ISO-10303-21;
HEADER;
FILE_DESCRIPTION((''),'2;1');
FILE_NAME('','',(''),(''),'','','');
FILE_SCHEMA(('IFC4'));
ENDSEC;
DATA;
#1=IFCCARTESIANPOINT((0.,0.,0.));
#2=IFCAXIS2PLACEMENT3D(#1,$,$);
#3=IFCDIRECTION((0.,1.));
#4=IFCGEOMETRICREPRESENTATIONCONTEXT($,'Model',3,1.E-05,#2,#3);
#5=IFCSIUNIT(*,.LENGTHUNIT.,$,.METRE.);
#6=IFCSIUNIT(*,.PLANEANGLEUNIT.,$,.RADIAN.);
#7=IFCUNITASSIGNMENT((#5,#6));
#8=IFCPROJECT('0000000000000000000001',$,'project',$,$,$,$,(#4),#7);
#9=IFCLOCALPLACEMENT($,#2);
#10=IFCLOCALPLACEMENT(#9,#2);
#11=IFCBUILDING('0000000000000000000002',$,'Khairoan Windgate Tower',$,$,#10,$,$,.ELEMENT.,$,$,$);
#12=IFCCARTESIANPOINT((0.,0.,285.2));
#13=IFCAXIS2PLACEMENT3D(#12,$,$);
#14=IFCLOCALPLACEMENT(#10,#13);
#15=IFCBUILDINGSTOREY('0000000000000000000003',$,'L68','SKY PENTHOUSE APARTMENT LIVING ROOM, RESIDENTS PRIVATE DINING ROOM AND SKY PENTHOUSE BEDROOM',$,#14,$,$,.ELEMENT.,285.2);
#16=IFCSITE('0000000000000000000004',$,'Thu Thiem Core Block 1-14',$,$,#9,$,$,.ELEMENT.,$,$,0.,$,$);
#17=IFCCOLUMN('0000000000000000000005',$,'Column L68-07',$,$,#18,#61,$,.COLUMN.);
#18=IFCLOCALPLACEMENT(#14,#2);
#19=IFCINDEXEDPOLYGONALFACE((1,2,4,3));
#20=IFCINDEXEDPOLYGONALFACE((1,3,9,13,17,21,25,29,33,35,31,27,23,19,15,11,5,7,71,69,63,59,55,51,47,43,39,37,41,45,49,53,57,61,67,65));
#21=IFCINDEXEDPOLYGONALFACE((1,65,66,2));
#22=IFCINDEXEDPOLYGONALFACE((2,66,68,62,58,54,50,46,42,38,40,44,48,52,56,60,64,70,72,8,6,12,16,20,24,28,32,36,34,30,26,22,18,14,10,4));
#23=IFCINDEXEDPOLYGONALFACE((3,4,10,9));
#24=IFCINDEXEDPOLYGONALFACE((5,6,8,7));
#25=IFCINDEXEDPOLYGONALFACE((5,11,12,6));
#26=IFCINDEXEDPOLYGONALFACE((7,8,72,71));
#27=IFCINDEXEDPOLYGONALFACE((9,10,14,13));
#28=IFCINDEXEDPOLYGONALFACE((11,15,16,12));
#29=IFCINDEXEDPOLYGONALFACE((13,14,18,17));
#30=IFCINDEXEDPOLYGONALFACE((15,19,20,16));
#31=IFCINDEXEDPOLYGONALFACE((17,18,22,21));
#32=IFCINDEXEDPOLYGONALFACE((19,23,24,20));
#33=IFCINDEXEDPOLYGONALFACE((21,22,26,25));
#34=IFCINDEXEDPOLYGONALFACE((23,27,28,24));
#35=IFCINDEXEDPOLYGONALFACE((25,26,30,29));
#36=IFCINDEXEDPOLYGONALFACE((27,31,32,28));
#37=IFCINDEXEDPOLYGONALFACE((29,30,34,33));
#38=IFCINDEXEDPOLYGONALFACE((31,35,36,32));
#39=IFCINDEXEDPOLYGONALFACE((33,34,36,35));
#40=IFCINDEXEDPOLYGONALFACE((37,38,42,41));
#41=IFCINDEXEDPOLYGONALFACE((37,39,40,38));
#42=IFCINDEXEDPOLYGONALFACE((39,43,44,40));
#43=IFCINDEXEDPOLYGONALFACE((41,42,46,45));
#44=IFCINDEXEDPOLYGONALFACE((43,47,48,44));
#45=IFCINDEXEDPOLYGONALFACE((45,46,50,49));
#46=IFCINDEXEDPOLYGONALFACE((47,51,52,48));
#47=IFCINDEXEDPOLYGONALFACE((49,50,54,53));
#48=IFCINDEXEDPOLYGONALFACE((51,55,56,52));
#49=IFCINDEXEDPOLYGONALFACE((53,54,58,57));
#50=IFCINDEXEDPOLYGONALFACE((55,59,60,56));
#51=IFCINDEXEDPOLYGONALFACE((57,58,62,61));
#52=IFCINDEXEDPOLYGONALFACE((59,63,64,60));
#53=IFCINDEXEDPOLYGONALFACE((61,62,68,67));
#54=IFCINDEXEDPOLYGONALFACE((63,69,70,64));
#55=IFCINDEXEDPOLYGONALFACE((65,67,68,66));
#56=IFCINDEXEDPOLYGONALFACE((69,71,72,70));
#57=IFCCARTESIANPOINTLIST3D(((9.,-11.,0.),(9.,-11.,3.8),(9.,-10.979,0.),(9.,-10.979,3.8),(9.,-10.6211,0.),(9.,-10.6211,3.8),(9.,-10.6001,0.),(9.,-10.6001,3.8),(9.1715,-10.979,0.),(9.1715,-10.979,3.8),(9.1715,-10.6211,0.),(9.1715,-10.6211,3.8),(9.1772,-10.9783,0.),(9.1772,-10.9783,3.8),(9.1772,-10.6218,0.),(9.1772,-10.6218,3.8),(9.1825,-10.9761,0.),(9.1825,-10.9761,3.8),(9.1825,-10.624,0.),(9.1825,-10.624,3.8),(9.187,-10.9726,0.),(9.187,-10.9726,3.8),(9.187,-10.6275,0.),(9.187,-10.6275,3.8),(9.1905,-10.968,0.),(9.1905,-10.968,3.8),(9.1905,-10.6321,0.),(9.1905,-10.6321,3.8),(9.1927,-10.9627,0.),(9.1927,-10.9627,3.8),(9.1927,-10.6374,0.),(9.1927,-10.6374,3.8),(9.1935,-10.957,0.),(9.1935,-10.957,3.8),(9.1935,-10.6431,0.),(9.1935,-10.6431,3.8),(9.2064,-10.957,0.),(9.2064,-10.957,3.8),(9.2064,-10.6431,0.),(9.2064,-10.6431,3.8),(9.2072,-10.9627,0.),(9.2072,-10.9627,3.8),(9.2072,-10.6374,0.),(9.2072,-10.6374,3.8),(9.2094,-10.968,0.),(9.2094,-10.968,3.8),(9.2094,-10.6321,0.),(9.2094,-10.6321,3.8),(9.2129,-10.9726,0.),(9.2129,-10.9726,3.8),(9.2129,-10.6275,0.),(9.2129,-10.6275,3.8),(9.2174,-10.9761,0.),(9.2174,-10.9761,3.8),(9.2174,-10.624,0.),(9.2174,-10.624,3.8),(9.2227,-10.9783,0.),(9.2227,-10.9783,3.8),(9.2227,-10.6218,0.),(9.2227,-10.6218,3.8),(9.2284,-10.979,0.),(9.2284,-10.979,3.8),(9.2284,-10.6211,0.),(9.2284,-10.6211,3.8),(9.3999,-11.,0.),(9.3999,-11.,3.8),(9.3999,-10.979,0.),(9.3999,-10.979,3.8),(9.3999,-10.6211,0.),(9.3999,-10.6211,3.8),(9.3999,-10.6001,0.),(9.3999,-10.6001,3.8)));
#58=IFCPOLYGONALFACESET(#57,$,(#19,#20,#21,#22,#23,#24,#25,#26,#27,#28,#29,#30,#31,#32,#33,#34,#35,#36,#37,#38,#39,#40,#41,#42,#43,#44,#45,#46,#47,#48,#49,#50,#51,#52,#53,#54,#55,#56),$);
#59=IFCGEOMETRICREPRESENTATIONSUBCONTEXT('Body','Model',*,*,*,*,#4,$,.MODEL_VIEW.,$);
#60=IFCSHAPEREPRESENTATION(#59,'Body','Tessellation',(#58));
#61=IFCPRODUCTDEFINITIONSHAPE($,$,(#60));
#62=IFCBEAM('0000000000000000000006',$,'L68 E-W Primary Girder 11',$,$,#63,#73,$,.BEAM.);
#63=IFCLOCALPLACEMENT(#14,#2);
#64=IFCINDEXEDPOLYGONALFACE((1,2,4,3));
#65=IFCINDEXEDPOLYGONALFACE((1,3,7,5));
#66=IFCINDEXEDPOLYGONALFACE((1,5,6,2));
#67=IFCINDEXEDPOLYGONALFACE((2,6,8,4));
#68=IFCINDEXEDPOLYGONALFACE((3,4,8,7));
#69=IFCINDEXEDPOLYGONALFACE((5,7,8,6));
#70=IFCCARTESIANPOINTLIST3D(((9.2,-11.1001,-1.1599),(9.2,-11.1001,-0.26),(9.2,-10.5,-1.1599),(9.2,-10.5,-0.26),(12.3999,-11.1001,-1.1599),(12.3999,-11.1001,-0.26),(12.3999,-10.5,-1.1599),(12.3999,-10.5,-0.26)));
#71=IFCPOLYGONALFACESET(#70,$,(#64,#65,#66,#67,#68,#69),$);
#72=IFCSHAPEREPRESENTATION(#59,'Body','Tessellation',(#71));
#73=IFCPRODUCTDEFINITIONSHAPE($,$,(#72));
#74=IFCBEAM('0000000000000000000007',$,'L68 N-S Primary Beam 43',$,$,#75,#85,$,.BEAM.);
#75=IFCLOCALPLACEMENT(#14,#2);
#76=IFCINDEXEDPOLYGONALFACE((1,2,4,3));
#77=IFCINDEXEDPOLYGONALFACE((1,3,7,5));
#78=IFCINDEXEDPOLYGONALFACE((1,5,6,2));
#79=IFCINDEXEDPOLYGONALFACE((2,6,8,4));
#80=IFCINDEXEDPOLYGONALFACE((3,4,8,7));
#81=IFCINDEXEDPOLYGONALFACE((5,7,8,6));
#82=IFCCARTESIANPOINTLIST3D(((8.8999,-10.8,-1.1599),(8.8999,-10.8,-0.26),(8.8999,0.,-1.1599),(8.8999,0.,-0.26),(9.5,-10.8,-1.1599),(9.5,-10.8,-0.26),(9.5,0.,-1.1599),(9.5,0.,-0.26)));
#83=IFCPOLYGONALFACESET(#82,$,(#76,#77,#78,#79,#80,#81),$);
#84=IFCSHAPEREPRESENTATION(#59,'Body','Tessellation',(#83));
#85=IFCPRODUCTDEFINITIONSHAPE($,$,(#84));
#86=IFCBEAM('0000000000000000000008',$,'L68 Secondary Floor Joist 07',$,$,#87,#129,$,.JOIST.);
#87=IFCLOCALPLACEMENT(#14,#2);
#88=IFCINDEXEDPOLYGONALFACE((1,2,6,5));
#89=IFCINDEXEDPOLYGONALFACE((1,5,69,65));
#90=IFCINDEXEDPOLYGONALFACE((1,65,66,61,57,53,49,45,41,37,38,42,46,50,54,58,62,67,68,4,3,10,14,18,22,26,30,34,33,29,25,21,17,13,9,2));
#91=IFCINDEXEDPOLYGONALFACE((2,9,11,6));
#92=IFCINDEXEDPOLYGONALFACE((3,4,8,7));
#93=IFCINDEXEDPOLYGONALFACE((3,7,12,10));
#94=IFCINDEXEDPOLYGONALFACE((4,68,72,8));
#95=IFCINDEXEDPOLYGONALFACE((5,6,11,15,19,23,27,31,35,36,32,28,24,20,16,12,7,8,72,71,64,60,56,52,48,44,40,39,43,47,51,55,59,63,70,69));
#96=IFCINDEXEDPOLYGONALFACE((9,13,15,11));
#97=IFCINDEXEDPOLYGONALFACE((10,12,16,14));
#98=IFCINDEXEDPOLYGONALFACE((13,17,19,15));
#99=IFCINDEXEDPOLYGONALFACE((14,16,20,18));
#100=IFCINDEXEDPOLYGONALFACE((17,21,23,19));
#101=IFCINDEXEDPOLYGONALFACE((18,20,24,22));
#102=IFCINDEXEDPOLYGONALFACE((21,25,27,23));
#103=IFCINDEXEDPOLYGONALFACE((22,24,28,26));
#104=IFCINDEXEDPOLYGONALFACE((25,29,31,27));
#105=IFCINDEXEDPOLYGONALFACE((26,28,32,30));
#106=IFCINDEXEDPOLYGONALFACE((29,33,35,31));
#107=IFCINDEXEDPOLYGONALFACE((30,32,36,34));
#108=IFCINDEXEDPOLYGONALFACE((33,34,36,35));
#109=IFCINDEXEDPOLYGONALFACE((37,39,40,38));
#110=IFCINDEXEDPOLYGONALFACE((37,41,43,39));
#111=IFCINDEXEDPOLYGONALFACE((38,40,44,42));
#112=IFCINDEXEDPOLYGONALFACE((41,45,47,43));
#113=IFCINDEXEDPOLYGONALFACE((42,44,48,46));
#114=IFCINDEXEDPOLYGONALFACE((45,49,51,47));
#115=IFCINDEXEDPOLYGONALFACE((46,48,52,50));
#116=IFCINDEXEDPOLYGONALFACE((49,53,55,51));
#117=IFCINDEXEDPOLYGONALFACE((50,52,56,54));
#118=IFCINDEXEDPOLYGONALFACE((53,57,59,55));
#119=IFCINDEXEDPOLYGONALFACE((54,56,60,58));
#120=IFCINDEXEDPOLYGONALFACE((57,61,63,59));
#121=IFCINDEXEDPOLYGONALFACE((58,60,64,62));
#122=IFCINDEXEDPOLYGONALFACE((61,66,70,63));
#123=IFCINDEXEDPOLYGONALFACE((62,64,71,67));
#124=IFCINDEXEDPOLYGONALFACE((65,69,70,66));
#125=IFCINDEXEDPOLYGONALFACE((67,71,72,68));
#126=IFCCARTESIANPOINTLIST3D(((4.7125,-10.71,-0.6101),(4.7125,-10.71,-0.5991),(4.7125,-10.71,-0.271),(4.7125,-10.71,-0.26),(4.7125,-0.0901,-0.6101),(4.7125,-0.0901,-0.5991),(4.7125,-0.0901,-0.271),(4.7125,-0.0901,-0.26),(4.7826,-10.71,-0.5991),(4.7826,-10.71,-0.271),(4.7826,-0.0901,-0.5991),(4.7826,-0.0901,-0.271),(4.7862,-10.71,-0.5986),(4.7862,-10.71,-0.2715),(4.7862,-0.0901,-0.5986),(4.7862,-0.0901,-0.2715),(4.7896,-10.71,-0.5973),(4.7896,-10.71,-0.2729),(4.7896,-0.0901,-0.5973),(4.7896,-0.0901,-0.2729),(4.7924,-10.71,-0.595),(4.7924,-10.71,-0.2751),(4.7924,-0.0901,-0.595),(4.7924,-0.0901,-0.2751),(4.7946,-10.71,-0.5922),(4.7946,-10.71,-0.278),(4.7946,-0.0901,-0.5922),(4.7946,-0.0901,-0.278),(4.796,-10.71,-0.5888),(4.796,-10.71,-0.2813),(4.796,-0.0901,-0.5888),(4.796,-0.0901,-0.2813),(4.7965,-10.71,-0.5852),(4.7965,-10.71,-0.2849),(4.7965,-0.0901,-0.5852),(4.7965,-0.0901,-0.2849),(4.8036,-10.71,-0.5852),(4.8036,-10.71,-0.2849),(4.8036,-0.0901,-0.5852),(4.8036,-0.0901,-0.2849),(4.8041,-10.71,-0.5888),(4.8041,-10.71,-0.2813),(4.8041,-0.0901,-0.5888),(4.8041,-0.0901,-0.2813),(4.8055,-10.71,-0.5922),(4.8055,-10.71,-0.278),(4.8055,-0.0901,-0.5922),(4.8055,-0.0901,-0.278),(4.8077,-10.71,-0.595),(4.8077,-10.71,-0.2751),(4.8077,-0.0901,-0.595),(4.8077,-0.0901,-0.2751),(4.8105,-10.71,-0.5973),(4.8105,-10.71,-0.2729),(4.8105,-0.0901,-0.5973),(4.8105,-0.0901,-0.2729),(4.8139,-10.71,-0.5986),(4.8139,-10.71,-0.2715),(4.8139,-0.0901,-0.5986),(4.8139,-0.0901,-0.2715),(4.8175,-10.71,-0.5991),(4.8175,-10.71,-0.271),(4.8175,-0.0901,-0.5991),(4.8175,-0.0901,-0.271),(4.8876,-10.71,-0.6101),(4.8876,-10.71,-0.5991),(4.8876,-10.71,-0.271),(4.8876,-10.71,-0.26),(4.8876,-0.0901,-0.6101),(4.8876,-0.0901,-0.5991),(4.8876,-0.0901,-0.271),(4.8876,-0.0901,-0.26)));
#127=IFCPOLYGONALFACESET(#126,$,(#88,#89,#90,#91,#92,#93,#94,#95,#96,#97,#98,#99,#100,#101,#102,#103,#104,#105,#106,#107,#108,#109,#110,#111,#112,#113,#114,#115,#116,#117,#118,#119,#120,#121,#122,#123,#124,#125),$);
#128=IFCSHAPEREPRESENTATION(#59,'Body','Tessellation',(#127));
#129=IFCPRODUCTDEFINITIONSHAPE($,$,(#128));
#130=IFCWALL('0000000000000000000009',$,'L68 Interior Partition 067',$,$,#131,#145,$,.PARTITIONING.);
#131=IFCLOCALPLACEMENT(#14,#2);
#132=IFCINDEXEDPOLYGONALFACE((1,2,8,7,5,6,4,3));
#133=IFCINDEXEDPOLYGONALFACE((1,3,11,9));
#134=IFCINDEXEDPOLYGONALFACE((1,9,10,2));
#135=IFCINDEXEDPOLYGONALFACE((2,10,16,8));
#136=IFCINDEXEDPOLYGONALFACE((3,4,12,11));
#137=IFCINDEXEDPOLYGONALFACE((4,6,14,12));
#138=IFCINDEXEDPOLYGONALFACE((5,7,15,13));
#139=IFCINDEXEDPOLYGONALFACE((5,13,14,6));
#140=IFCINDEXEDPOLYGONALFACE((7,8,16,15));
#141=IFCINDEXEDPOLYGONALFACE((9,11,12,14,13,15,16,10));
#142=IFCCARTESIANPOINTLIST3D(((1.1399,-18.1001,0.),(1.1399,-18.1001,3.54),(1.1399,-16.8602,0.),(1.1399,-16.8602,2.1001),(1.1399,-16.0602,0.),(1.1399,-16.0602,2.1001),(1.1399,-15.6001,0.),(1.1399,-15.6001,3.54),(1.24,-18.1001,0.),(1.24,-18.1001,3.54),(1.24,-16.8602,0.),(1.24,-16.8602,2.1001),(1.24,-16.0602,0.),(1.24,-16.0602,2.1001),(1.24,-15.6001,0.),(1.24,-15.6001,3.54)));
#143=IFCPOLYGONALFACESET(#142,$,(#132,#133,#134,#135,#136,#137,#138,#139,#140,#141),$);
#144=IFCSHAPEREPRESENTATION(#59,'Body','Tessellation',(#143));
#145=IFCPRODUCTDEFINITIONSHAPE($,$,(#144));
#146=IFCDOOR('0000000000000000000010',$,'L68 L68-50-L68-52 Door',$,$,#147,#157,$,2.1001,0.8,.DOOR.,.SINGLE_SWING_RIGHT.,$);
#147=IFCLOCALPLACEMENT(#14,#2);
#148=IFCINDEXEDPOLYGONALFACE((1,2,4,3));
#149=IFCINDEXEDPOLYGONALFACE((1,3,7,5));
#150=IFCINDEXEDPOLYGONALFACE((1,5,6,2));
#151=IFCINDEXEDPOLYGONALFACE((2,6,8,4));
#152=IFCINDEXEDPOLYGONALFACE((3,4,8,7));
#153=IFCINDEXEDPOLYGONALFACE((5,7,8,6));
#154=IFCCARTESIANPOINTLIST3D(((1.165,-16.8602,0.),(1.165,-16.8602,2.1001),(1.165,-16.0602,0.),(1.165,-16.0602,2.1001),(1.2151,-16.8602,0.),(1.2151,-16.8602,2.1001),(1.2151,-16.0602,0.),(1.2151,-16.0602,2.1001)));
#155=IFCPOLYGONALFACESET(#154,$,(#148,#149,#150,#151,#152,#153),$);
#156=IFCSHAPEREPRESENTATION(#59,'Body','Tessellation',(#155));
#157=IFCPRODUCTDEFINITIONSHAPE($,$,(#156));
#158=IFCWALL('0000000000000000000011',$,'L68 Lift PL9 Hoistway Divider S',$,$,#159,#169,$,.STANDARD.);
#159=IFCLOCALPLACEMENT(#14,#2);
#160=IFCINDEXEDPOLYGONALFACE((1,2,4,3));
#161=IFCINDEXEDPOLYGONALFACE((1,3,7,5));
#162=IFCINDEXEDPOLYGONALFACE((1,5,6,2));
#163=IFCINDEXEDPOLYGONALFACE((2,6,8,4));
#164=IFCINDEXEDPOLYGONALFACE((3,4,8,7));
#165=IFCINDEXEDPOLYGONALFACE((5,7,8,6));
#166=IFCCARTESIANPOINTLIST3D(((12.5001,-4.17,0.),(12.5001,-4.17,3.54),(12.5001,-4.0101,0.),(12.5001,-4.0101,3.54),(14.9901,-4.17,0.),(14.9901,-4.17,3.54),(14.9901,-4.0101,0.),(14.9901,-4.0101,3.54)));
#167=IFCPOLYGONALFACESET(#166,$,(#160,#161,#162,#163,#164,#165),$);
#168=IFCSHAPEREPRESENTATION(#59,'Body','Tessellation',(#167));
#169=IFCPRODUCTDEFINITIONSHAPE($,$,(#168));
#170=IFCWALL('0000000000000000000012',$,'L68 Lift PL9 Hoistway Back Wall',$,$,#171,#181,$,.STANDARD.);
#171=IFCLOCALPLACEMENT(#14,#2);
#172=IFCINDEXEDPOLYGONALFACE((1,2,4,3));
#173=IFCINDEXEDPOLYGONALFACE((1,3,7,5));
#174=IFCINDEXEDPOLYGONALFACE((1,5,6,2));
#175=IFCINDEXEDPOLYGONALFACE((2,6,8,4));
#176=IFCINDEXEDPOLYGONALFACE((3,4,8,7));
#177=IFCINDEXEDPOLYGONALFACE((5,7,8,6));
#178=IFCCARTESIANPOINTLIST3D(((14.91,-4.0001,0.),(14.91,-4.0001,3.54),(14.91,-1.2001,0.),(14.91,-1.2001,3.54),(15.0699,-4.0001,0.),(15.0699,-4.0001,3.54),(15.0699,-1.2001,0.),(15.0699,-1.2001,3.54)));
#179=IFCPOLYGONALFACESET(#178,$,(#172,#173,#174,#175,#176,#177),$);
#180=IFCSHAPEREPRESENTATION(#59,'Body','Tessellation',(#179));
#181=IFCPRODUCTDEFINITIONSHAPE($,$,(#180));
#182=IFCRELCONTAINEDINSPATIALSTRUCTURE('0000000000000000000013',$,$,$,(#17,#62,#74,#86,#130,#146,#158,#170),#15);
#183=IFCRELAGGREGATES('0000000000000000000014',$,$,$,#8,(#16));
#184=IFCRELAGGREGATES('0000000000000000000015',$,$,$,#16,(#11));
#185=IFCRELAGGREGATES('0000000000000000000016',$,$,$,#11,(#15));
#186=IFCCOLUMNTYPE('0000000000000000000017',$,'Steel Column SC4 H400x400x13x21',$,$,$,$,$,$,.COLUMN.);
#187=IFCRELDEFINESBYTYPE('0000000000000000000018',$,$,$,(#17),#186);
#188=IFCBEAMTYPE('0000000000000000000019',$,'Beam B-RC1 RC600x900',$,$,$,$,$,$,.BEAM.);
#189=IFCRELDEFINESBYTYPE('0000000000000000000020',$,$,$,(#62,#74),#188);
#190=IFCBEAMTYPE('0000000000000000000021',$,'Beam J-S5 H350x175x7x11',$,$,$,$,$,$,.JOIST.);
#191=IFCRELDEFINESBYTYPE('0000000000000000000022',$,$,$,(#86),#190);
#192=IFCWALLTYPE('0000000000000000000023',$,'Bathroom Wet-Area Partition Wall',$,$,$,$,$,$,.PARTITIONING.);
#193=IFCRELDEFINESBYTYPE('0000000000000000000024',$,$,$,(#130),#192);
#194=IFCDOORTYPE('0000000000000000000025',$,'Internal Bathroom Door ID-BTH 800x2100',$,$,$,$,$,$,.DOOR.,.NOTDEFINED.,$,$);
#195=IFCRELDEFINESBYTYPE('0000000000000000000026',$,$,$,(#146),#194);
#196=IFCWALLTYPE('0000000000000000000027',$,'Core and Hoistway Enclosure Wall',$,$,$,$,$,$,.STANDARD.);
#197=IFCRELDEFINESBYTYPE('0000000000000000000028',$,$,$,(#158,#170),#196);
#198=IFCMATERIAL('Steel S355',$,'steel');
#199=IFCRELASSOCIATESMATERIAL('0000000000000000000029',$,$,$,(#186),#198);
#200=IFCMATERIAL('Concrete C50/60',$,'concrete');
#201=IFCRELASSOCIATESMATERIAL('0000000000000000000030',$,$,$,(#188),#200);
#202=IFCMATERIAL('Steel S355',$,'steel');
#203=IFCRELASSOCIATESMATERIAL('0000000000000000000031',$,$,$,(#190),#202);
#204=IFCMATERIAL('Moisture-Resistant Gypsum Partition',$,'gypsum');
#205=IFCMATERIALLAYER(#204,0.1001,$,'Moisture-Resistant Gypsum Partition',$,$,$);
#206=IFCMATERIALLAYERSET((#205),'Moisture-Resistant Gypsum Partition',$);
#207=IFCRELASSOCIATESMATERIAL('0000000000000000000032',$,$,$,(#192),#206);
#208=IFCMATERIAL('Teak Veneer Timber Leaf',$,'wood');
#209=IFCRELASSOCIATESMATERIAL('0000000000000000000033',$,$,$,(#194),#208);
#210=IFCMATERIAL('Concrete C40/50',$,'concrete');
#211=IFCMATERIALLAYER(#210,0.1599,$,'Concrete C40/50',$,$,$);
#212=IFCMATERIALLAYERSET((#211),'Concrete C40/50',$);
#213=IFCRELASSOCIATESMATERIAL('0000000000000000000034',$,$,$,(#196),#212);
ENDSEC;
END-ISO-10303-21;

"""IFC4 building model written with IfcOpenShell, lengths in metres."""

from ifc_helpers import new_model, si_unit, direction, frame, frame_2d, origin, origin_2d, place, context, subcontext, project, spatial, rectangle, i_section, extrude, material, layer, layer_set, material_profile, profile_set, type_object, element, fill, save


model = new_model("IFC4")

# Units and contexts
model_context = context("Model", 3, precision=1e-05, world=origin(), true_north=direction((0.0, 1.0)))
body_context = subcontext(model_context, "Body", "Model", "MODEL_VIEW")
ifc_project = project(units=[si_unit("LENGTHUNIT", "METRE"), si_unit("PLANEANGLEUNIT", "RADIAN")], contexts=[model_context])

# Site, building, storey
site_placement = place(None, origin())
site = spatial("IfcSite", under=ifc_project, at=site_placement, Name="Thu Thiem Core Block 1-14", CompositionType="ELEMENT", RefElevation=0.0)
building_placement = place(site_placement, origin())
building = spatial("IfcBuilding", under=site, at=building_placement, Name="Khairoan Windgate Tower", CompositionType="ELEMENT")
storey_placement = place(building_placement, frame((0.0, 0.0, 285.2)))
storey = spatial("IfcBuildingStorey", under=building, at=storey_placement, Name="L68", Description="SKY PENTHOUSE APARTMENT LIVING ROOM, RESIDENTS PRIVATE DINING ROOM AND SKY PENTHOUSE BEDROOM", CompositionType="ELEMENT", Elevation=285.2)

# Column
ifc_material_1 = material(Name="Steel S355", Category="steel")
ifc_material_profile_1 = material_profile(ifc_material_1, i_section(OverallWidth=0.3999, OverallDepth=0.3999, WebThickness=0.0129, FlangeThickness=0.021, FilletRadius=0.022, at=origin_2d()))
ifc_profile_set_1 = profile_set([ifc_material_profile_1], Name="Steel S355")
column_type = type_object("IfcColumnType", Name="Steel Column SC4 H400x400x13x21", PredefinedType="COLUMN", material=ifc_profile_set_1)
column_placement = place(storey_placement, frame((9.2, -10.8, 0.0), z_axis=(0.0, 0.0, 1.0), x_axis=(1.0, 0.0, 0.0)))
element("IfcColumn", 1, at=column_placement, inside=storey, type_object=column_type, Name="Column L68-07", PredefinedType="COLUMN", context=body_context, shape_type="SweptSolid", body=[
    extrude(i_section(OverallWidth=0.3999, OverallDepth=0.3999, WebThickness=0.0129, FlangeThickness=0.021, FilletRadius=0.022, at=origin_2d()), origin(), (0.0, 0.0, 1.0), 3.8),
])

# Beams
ifc_material_2 = material(Name="Concrete C50/60", Category="concrete")
ifc_material_profile_2 = material_profile(ifc_material_2, rectangle(XDim=0.6001, YDim=0.8999, at=origin_2d()))
ifc_profile_set_2 = profile_set([ifc_material_profile_2], Name="Concrete C50/60")
beam_type_1 = type_object("IfcBeamType", Name="Beam B-RC1 RC600x900", PredefinedType="BEAM", material=ifc_profile_set_2)
beam_1_placement = place(storey_placement, frame((9.2, -10.8, -0.71), z_axis=(1.0, 0.0, 0.0), x_axis=(0.0, 1.0, 0.0)))
element("IfcBeam", 2, at=beam_1_placement, inside=storey, type_object=beam_type_1, Name="L68 E-W Primary Girder 11", PredefinedType="BEAM", context=body_context, shape_type="SweptSolid", body=[
    extrude(rectangle(XDim=0.6001, YDim=0.8999, at=origin_2d()), origin(), (0.0, 0.0, 1.0), 3.2),
])
beam_2_placement = place(storey_placement, frame((9.2, -10.8, -0.71), z_axis=(0.0, 1.0, 0.0), x_axis=(-1.0, 0.0, 0.0)))
element("IfcBeam", 3, at=beam_2_placement, inside=storey, type_object=beam_type_1, Name="L68 N-S Primary Beam 43", PredefinedType="BEAM", context=body_context, shape_type="SweptSolid", body=[
    extrude(rectangle(XDim=0.6001, YDim=0.8999, at=origin_2d()), origin(), (0.0, 0.0, 1.0), 10.8),
])
ifc_material_3 = material(Name="Steel S355", Category="steel")
ifc_material_profile_3 = material_profile(ifc_material_3, i_section(OverallWidth=0.175, OverallDepth=0.3501, WebThickness=0.0071, FlangeThickness=0.011, FilletRadius=0.0139, at=origin_2d()))
ifc_profile_set_3 = profile_set([ifc_material_profile_3], Name="Steel S355")
beam_type_2 = type_object("IfcBeamType", Name="Beam J-S5 H350x175x7x11", PredefinedType="JOIST", material=ifc_profile_set_3)
beam_3_placement = place(storey_placement, frame((4.8, -10.71, -0.4351), z_axis=(0.0, 1.0, 0.0), x_axis=(-1.0, 0.0, 0.0)))
element("IfcBeam", 4, at=beam_3_placement, inside=storey, type_object=beam_type_2, Name="L68 Secondary Floor Joist 07", PredefinedType="JOIST", context=body_context, shape_type="SweptSolid", body=[
    extrude(i_section(OverallWidth=0.175, OverallDepth=0.3501, WebThickness=0.0071, FlangeThickness=0.011, FilletRadius=0.0139, at=origin_2d()), origin(), (0.0, 0.0, 1.0), 10.6199),
])

# Wall, opening, door
ifc_material_4 = material(Name="Moisture-Resistant Gypsum Partition", Category="gypsum")
ifc_layer_1 = layer(ifc_material_4, 0.1001, Name="Moisture-Resistant Gypsum Partition")
ifc_layer_set_1 = layer_set([ifc_layer_1], Name="Moisture-Resistant Gypsum Partition")
wall_type_1 = type_object("IfcWallType", Name="Bathroom Wet-Area Partition Wall", PredefinedType="PARTITIONING", material=ifc_layer_set_1)
wall_1_placement = place(storey_placement, frame((1.1899, -18.1001, 0.0), z_axis=(0.0, 0.0, 1.0), x_axis=(0.0, 1.0, 0.0)))
wall_1 = element("IfcWall", 5, at=wall_1_placement, inside=storey, type_object=wall_type_1, Name="L68 Interior Partition 067", PredefinedType="PARTITIONING", context=body_context, shape_type="SweptSolid", body=[
    extrude(rectangle(XDim=2.5, YDim=0.1001, at=frame_2d((1.25, 0.0))), origin(), (0.0, 0.0, 1.0), 3.54),
])
opening_1_placement = place(wall_1_placement, frame((1.24, 0.0, 0.0)))
opening_1 = element("IfcOpeningElement", 6, at=opening_1_placement, cuts=wall_1, PredefinedType="OPENING", context=body_context, shape_type="SweptSolid", body=[
    extrude(rectangle(XDim=0.8, YDim=2.1001, at=frame_2d((0.3999, 1.05))), frame((0.0, 0.0601, 0.0), z_axis=(0.0, -1.0, 0.0), x_axis=(1.0, 0.0, 0.0)), (0.0, 0.0, 1.0), 0.1201),
])
ifc_material_5 = material(Name="Teak Veneer Timber Leaf", Category="wood")
door_type_1 = type_object("IfcDoorType", Name="Internal Bathroom Door ID-BTH 800x2100", OperationType="NOTDEFINED", PredefinedType="DOOR", material=ifc_material_5)
door_1_placement = place(opening_1_placement, origin())
door_1 = element("IfcDoor", 7, at=door_1_placement, inside=storey, type_object=door_type_1, Name="L68 L68-50-L68-52 Door", OperationType="SINGLE_SWING_RIGHT", OverallHeight=2.1001, OverallWidth=0.8, PredefinedType="DOOR", context=body_context, shape_type="SweptSolid", body=[
    extrude(rectangle(XDim=0.8, YDim=2.1001, at=frame_2d((0.3999, 1.05))), frame((0.0, 0.0249, 0.0), z_axis=(0.0, -1.0, 0.0), x_axis=(1.0, 0.0, 0.0)), (0.0, 0.0, 1.0), 0.05),
])
fill(opening_1, door_1)

# Walls
ifc_material_6 = material(Name="Concrete C40/50", Category="concrete")
ifc_layer_2 = layer(ifc_material_6, 0.1599, Name="Concrete C40/50")
ifc_layer_set_2 = layer_set([ifc_layer_2], Name="Concrete C40/50")
wall_type_2 = type_object("IfcWallType", Name="Core and Hoistway Enclosure Wall", PredefinedType="STANDARD", material=ifc_layer_set_2)
wall_2_placement = place(storey_placement, frame((12.5, -4.0901, 0.0), z_axis=(0.0, 0.0, 1.0), x_axis=(1.0, 0.0, 0.0)))
element("IfcWall", 8, at=wall_2_placement, inside=storey, type_object=wall_type_2, Name="L68 Lift PL9 Hoistway Divider S", PredefinedType="STANDARD", context=body_context, shape_type="SweptSolid", body=[
    extrude(rectangle(XDim=2.49, YDim=0.1599, at=frame_2d((1.2451, 0.0))), origin(), (0.0, 0.0, 1.0), 3.54),
])
wall_3_placement = place(storey_placement, frame((14.99, -4.0, 0.0), z_axis=(0.0, 0.0, 1.0), x_axis=(0.0, 1.0, 0.0)))
element("IfcWall", 9, at=wall_3_placement, inside=storey, type_object=wall_type_2, Name="L68 Lift PL9 Hoistway Back Wall", PredefinedType="STANDARD", context=body_context, shape_type="SweptSolid", body=[
    extrude(rectangle(XDim=2.8, YDim=0.1599, at=frame_2d((1.3999, 0.0))), origin(), (0.0, 0.0, 1.0), 3.54),
])

save(model, "model.ifc")
